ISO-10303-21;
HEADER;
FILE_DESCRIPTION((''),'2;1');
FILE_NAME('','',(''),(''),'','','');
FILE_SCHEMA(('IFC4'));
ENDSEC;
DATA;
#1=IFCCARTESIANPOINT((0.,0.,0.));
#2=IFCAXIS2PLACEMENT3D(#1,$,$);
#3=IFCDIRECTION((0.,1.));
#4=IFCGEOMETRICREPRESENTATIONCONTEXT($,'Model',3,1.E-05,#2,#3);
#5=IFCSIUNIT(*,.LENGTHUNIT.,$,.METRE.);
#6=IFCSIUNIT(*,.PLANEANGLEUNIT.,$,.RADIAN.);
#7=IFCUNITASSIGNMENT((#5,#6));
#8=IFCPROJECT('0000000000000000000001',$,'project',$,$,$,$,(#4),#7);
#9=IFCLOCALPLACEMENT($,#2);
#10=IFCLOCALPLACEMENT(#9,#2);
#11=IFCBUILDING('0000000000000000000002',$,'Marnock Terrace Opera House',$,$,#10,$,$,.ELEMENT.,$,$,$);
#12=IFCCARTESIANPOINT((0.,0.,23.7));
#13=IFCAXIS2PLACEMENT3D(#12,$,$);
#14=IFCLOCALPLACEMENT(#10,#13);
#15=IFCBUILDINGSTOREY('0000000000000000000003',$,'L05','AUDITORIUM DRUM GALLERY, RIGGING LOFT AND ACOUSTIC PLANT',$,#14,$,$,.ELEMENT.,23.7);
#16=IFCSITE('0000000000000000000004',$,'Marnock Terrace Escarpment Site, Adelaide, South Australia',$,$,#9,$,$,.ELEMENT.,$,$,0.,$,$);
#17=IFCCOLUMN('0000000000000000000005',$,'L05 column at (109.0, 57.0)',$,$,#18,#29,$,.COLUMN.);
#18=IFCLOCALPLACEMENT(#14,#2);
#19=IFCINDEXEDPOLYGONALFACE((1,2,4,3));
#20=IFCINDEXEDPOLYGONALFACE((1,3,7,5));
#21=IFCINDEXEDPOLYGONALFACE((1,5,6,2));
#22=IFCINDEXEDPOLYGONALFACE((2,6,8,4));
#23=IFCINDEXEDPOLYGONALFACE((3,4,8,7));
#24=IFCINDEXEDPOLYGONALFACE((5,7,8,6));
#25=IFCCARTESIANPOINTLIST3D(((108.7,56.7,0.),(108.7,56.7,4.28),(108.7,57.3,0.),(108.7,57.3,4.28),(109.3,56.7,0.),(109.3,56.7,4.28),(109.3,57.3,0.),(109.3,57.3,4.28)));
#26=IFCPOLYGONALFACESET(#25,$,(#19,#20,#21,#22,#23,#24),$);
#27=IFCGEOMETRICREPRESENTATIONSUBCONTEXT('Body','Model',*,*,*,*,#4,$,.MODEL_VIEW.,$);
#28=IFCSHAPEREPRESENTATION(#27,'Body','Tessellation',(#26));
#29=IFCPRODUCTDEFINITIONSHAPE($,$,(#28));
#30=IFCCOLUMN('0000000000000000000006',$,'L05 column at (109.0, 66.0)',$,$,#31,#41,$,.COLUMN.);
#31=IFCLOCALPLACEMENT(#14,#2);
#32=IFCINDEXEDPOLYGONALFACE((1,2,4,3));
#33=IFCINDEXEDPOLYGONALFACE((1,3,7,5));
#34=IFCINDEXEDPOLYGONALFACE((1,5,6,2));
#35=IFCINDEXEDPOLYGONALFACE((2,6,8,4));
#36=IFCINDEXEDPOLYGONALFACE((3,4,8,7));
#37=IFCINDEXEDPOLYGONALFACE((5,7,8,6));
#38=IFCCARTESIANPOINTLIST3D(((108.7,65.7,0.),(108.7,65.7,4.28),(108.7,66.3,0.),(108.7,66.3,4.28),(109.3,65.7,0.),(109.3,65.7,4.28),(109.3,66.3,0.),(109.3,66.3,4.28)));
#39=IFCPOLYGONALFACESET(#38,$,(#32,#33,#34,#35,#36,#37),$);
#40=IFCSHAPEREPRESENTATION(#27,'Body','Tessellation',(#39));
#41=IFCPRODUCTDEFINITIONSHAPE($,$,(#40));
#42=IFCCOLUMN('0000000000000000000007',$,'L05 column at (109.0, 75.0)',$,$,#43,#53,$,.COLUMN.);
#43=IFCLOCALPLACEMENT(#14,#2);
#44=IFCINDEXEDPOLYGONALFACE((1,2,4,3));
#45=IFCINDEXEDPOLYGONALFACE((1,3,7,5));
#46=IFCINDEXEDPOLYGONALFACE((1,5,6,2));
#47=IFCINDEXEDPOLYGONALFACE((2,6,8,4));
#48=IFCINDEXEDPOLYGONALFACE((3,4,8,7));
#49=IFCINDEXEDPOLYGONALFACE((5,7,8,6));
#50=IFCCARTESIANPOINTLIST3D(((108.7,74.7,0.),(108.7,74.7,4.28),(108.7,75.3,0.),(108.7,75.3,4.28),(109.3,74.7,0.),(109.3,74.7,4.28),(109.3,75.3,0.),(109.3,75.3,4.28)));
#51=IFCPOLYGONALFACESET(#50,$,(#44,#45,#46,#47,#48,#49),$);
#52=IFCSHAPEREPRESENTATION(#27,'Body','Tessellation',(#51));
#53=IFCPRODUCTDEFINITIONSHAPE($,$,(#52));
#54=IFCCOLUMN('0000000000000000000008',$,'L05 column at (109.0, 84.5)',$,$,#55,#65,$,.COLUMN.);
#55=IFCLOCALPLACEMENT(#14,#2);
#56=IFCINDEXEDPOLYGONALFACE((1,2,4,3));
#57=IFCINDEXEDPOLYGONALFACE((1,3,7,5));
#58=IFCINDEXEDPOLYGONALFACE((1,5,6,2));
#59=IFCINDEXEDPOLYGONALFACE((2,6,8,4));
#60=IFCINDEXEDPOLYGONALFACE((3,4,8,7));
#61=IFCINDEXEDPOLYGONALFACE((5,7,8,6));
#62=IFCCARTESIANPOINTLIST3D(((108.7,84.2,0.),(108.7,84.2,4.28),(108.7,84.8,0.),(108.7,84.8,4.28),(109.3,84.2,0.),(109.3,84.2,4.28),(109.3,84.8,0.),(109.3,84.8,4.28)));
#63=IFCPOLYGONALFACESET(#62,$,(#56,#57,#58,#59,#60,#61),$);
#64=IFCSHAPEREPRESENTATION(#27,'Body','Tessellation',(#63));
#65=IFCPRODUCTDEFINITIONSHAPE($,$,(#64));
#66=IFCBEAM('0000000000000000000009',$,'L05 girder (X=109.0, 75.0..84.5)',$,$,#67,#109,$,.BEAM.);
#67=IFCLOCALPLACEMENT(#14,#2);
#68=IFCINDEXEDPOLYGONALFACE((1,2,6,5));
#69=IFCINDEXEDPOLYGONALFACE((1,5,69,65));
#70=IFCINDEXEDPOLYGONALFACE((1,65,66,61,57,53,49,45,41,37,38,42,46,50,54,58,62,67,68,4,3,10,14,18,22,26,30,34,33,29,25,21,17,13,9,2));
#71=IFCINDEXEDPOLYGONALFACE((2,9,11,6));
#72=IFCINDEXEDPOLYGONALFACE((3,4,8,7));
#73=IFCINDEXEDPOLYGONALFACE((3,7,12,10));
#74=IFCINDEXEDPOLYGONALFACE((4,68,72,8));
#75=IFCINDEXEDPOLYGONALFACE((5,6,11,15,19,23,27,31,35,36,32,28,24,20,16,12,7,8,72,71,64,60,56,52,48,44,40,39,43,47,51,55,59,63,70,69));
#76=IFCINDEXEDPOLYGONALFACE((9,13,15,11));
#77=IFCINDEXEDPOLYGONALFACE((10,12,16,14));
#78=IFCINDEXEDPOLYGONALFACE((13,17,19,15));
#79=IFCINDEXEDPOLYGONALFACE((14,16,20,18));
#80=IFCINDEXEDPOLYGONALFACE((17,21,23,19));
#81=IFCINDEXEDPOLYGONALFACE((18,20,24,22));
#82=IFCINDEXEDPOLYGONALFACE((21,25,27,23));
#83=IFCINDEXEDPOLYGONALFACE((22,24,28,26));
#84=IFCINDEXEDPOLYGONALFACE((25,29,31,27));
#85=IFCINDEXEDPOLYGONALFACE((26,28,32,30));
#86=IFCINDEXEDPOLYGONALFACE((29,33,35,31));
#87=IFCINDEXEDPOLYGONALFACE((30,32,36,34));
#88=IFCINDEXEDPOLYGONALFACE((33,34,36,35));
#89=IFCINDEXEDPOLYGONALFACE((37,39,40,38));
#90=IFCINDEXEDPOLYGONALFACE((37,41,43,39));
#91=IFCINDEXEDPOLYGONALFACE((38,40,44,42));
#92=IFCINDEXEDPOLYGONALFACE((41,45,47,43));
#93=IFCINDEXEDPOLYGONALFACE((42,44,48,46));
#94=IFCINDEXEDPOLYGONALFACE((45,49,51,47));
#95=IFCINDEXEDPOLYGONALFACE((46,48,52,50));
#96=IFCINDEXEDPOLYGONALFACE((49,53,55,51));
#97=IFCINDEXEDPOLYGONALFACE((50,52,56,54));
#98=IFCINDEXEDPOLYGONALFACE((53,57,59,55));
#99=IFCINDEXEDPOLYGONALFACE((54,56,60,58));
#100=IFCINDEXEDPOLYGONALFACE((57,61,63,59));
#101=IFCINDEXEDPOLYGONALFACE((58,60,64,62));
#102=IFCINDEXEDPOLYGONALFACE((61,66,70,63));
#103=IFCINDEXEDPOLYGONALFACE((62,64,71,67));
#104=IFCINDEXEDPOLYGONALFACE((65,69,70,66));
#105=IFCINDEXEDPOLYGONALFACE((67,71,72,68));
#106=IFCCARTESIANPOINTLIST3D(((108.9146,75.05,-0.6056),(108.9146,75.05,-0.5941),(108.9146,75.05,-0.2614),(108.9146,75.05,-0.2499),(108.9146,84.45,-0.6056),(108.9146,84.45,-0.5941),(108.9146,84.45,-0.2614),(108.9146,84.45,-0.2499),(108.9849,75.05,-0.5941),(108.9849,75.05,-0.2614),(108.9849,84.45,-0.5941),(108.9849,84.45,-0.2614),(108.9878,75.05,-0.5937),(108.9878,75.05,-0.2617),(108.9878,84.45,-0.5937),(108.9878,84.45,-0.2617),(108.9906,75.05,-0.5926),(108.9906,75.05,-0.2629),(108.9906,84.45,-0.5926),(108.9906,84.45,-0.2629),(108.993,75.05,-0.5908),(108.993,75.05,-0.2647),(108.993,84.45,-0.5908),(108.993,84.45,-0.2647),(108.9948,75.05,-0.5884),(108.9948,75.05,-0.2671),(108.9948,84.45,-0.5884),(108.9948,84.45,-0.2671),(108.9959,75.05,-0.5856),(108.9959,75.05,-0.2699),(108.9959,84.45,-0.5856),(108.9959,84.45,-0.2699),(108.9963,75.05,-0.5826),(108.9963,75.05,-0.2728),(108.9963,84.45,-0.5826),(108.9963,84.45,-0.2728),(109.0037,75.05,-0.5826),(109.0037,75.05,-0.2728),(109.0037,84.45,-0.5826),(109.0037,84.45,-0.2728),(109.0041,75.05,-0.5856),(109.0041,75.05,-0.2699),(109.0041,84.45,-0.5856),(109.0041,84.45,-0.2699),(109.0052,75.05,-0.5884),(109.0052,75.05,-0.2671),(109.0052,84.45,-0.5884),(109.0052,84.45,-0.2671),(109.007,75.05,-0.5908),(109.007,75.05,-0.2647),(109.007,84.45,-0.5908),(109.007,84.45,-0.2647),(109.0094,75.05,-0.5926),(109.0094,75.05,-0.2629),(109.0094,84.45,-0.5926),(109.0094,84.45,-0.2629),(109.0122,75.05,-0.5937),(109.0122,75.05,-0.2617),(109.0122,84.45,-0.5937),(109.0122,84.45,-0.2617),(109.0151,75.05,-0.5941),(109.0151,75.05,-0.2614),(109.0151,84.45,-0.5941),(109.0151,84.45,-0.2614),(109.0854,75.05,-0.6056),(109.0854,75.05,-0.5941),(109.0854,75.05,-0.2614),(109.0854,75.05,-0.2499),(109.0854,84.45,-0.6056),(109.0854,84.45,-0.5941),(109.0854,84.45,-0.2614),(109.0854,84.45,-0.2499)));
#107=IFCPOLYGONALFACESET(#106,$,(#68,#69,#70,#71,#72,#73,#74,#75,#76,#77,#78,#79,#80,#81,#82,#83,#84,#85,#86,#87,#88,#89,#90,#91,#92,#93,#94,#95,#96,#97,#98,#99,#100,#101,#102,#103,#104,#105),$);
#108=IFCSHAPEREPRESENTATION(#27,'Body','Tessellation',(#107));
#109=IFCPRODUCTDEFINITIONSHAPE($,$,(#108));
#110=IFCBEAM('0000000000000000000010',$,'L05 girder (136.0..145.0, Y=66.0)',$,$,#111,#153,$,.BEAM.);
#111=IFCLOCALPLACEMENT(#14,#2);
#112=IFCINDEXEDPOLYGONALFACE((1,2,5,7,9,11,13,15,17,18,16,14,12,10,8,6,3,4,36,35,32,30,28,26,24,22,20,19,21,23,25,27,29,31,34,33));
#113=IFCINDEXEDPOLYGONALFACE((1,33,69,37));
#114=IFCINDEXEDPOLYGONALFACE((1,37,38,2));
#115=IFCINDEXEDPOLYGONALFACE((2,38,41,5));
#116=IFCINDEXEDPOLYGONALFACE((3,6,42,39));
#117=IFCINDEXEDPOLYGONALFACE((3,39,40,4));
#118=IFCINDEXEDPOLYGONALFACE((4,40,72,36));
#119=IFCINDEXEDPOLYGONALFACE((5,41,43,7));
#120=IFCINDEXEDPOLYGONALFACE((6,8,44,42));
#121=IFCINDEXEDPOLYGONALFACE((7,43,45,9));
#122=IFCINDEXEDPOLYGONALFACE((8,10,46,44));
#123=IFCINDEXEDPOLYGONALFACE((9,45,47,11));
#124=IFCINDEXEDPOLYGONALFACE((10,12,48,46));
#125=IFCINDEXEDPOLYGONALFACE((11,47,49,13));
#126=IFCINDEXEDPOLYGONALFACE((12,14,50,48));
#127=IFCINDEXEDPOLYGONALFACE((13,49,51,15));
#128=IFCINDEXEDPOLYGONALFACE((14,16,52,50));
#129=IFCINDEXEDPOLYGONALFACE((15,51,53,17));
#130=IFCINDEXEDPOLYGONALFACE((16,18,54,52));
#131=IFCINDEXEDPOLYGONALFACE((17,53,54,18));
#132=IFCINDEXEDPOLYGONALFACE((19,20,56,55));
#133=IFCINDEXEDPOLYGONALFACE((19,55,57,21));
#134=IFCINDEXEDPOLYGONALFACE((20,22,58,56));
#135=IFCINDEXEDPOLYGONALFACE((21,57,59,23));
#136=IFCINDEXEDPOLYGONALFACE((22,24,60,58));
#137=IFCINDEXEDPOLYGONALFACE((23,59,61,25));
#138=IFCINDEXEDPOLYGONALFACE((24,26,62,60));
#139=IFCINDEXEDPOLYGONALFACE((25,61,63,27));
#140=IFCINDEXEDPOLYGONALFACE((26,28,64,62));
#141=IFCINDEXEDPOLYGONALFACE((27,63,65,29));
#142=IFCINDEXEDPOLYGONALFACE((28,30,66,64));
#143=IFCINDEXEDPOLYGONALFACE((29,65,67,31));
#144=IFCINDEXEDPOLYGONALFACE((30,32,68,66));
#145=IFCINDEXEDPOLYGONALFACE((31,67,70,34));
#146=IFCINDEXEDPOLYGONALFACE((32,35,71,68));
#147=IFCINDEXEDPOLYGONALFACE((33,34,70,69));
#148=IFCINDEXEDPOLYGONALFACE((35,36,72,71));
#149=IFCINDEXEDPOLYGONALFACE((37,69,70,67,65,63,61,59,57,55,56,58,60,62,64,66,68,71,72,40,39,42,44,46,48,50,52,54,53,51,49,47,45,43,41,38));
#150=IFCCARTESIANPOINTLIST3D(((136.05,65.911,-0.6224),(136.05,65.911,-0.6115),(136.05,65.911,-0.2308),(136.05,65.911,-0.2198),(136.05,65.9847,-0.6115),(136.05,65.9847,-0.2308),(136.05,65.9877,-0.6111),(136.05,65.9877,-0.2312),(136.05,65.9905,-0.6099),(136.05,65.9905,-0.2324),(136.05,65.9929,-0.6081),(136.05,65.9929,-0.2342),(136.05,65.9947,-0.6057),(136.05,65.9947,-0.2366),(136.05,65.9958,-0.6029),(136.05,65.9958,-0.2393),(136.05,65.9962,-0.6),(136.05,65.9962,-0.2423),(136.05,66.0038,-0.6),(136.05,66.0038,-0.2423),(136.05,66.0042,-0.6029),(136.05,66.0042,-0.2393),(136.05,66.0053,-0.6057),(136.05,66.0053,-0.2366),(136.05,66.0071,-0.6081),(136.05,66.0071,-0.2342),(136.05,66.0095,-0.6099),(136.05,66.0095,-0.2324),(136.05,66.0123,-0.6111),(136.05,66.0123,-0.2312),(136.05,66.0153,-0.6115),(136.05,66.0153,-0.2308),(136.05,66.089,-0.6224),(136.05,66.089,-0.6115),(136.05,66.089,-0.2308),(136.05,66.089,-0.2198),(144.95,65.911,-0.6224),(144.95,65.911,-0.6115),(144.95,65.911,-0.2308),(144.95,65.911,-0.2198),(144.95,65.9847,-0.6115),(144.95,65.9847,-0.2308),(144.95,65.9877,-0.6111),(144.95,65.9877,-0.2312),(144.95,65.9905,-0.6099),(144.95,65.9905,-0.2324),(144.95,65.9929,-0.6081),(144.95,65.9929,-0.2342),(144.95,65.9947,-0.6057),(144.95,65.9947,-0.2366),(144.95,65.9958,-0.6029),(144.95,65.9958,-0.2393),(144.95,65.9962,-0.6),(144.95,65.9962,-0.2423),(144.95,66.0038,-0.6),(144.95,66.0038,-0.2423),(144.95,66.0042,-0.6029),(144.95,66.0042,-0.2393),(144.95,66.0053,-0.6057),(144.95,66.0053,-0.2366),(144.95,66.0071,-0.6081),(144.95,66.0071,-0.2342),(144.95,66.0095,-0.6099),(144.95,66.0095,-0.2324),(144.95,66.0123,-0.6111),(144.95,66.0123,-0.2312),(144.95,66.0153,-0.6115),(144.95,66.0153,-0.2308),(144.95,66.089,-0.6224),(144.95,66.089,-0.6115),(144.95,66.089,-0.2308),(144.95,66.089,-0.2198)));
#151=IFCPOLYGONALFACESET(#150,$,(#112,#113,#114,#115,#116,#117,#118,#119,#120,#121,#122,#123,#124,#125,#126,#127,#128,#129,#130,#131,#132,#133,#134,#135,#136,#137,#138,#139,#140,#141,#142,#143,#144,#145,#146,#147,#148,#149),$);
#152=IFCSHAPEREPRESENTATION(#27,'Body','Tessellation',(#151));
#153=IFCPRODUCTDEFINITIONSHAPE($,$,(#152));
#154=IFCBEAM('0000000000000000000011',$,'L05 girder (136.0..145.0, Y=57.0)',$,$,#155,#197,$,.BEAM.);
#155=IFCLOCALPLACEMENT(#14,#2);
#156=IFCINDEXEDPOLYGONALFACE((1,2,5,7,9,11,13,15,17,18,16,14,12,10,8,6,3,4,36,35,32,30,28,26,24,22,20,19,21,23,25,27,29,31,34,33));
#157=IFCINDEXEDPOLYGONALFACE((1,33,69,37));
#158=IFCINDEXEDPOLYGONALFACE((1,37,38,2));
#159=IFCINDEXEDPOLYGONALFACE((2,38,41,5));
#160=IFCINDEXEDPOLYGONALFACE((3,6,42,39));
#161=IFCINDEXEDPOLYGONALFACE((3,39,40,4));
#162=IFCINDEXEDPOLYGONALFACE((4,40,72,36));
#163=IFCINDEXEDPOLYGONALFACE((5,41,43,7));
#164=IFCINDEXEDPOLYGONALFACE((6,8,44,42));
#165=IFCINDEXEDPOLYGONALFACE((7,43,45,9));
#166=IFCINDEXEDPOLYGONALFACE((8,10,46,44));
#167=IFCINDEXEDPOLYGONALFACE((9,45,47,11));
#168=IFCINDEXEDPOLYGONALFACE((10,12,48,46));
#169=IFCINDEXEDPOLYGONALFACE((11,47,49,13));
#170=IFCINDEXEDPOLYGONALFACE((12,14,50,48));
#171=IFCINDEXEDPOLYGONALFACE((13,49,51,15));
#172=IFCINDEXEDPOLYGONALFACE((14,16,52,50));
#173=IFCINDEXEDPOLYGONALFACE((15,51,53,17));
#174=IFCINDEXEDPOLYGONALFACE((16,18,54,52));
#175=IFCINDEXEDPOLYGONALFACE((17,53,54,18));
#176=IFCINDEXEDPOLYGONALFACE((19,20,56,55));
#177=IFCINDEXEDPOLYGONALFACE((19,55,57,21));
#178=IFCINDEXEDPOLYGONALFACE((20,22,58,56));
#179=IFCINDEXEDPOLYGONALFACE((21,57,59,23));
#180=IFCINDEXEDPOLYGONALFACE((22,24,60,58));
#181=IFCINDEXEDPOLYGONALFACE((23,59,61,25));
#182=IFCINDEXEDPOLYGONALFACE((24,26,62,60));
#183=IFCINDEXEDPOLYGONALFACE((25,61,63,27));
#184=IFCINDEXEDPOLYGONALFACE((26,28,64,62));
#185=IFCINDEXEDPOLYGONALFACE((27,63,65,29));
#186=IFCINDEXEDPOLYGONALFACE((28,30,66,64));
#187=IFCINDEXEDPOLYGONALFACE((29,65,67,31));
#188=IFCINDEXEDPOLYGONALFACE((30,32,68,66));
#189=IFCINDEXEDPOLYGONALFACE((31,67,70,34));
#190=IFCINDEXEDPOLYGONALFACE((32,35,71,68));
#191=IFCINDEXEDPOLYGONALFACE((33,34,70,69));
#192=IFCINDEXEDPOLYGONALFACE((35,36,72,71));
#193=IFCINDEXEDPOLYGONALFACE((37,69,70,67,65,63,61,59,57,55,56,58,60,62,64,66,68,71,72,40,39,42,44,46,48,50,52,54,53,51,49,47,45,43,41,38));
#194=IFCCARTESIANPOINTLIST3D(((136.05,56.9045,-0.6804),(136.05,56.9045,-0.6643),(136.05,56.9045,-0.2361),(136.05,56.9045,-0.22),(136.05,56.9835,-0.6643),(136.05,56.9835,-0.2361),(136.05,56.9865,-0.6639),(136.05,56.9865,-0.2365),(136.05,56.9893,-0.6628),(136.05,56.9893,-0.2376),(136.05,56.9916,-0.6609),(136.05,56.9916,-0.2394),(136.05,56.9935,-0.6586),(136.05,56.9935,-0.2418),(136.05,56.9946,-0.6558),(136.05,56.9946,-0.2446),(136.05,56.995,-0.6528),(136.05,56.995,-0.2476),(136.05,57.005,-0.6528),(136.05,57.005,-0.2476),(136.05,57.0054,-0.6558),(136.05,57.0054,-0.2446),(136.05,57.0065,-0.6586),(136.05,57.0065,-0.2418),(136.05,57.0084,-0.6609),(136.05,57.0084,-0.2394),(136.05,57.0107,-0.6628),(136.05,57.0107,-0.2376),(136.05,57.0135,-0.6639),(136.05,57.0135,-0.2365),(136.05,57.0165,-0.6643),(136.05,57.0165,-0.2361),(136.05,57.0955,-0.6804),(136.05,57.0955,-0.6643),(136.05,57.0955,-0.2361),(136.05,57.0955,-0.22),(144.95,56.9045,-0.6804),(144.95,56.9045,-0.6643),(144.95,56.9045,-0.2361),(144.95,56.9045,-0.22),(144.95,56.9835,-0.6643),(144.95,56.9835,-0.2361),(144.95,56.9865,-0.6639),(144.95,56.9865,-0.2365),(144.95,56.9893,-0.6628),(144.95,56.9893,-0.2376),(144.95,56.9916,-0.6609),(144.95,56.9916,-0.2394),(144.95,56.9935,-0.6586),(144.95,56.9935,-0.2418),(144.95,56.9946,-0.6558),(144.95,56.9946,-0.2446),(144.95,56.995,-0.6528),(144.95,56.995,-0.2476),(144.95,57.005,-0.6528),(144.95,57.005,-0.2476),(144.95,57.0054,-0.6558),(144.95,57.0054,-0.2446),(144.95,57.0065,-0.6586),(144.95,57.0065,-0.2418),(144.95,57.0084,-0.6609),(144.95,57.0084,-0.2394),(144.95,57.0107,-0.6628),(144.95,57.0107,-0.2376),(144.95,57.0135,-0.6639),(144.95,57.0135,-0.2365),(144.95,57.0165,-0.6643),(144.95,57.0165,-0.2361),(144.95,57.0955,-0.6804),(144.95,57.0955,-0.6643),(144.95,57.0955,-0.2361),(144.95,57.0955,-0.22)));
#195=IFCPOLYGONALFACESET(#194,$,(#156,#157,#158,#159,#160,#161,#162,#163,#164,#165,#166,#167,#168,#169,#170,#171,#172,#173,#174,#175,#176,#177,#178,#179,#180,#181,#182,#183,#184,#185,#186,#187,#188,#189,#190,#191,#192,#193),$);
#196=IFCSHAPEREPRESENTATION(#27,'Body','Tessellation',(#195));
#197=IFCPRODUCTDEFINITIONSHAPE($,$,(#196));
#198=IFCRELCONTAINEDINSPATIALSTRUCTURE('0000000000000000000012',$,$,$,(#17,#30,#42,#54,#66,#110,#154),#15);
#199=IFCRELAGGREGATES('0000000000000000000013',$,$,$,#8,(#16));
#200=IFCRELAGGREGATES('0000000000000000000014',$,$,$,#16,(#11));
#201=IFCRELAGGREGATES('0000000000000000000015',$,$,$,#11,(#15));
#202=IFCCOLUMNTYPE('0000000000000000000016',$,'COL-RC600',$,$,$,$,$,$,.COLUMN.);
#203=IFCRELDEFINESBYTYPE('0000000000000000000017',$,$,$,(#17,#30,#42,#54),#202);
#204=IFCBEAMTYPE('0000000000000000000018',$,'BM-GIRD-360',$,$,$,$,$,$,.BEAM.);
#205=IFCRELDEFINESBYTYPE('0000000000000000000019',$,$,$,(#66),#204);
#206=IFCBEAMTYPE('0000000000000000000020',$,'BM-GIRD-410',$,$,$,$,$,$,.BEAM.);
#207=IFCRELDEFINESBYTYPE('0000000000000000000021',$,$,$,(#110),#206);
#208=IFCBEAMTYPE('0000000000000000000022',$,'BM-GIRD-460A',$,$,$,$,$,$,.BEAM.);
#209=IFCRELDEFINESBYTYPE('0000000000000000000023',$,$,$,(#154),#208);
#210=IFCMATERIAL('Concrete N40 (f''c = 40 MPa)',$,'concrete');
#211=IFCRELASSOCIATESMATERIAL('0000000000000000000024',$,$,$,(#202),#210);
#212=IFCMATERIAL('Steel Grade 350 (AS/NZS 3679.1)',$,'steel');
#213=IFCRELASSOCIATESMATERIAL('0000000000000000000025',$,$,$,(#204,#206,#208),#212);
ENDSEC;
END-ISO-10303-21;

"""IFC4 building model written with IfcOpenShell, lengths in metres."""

from ifc_helpers import new_model, si_unit, direction, frame, origin, origin_2d, place, context, subcontext, project, spatial, rectangle, i_section, extrude, material, material_profile, profile_set, type_object, element, save


model = new_model("IFC4")

# Units and contexts
model_context = context("Model", 3, precision=1e-05, world=origin(), true_north=direction((0.0, 1.0)))
body_context = subcontext(model_context, "Body", "Model", "MODEL_VIEW")
ifc_project = project(units=[si_unit("LENGTHUNIT", "METRE"), si_unit("PLANEANGLEUNIT", "RADIAN")], contexts=[model_context])

# Site, building, storey
site_placement = place(None, origin())
site = spatial("IfcSite", under=ifc_project, at=site_placement, Name="Marnock Terrace Escarpment Site, Adelaide, South Australia", CompositionType="ELEMENT", RefElevation=0.0)
building_placement = place(site_placement, origin())
building = spatial("IfcBuilding", under=site, at=building_placement, Name="Marnock Terrace Opera House", CompositionType="ELEMENT")
storey_placement = place(building_placement, frame((0.0, 0.0, 23.7)))
storey = spatial("IfcBuildingStorey", under=building, at=storey_placement, Name="L05", Description="AUDITORIUM DRUM GALLERY, RIGGING LOFT AND ACOUSTIC PLANT", CompositionType="ELEMENT", Elevation=23.7)

# Columns
ifc_material_1 = material(Name="Concrete N40 (f'c = 40 MPa)", Category="concrete")
ifc_material_profile_1 = material_profile(ifc_material_1, rectangle(XDim=0.6001, YDim=0.6001, at=origin_2d()))
ifc_profile_set_1 = profile_set([ifc_material_profile_1], Name="Concrete N40 (f'c = 40 MPa)")
column_type = type_object("IfcColumnType", Name="COL-RC600", PredefinedType="COLUMN", material=ifc_profile_set_1)
for number, where, z_axis, x_axis, name in (
    (1, (109.0, 57.0, 0.0), (0.0, 0.0, 1.0), (1.0, 0.0, 0.0), "L05 column at (109.0, 57.0)"),
    (2, (109.0, 66.0, 0.0), (0.0, 0.0, 1.0), (1.0, 0.0, 0.0), "L05 column at (109.0, 66.0)"),
    (3, (109.0, 75.0, 0.0), (0.0, 0.0, 1.0), (1.0, 0.0, 0.0), "L05 column at (109.0, 75.0)"),
    (4, (109.0, 84.5, 0.0), (0.0, 0.0, 1.0), (1.0, 0.0, 0.0), "L05 column at (109.0, 84.5)"),
):
    element("IfcColumn", number, at=place(storey_placement, frame(where, z_axis=z_axis, x_axis=x_axis)), inside=storey, type_object=column_type, Name=name, PredefinedType="COLUMN", context=body_context, shape_type="SweptSolid", body=[
        extrude(rectangle(XDim=0.6001, YDim=0.6001, at=origin_2d()), origin(), (0.0, 0.0, 1.0), 4.28),
    ])

# Beams
ifc_material_2 = material(Name="Steel Grade 350 (AS/NZS 3679.1)", Category="steel")
ifc_material_profile_2 = material_profile(ifc_material_2, i_section(OverallWidth=0.1709, OverallDepth=0.3557, WebThickness=0.0073, FlangeThickness=0.0115, FilletRadius=0.0115, at=origin_2d()))
ifc_profile_set_2 = profile_set([ifc_material_profile_2], Name="Steel Grade 350 (AS/NZS 3679.1)")
beam_type_1 = type_object("IfcBeamType", Name="BM-GIRD-360", PredefinedType="BEAM", material=ifc_profile_set_2)
beam_1_placement = place(storey_placement, frame((109.0, 75.05, -0.4277), z_axis=(0.0, 1.0, 0.0), x_axis=(-1.0, 0.0, 0.0)))
element("IfcBeam", 5, at=beam_1_placement, inside=storey, type_object=beam_type_1, Name="L05 girder (X=109.0, 75.0..84.5)", PredefinedType="BEAM", context=body_context, shape_type="SweptSolid", body=[
    extrude(i_section(OverallWidth=0.1709, OverallDepth=0.3557, WebThickness=0.0073, FlangeThickness=0.0115, FilletRadius=0.0115, at=origin_2d()), origin(), (0.0, 0.0, 1.0), 9.3999),
])
ifc_material_profile_3 = material_profile(ifc_material_2, i_section(OverallWidth=0.178, OverallDepth=0.4026, WebThickness=0.0076, FlangeThickness=0.011, FilletRadius=0.0115, at=origin_2d()))
ifc_profile_set_3 = profile_set([ifc_material_profile_3], Name="Steel Grade 350 (AS/NZS 3679.1)")
beam_type_2 = type_object("IfcBeamType", Name="BM-GIRD-410", PredefinedType="BEAM", material=ifc_profile_set_3)
beam_2_placement = place(storey_placement, frame((136.05, 66.0, -0.4211), z_axis=(1.0, 0.0, 0.0), x_axis=(0.0, 1.0, 0.0)))
element("IfcBeam", 6, at=beam_2_placement, inside=storey, type_object=beam_type_2, Name="L05 girder (136.0..145.0, Y=66.0)", PredefinedType="BEAM", context=body_context, shape_type="SweptSolid", body=[
    extrude(i_section(OverallWidth=0.178, OverallDepth=0.4026, WebThickness=0.0076, FlangeThickness=0.011, FilletRadius=0.0115, at=origin_2d()), origin(), (0.0, 0.0, 1.0), 8.8999),
])
ifc_material_profile_4 = material_profile(ifc_material_2, i_section(OverallWidth=0.1909, OverallDepth=0.4604, WebThickness=0.01, FlangeThickness=0.0161, FilletRadius=0.0115, at=origin_2d()))
ifc_profile_set_4 = profile_set([ifc_material_profile_4], Name="Steel Grade 350 (AS/NZS 3679.1)")
beam_type_3 = type_object("IfcBeamType", Name="BM-GIRD-460A", PredefinedType="BEAM", material=ifc_profile_set_4)
beam_3_placement = place(storey_placement, frame((136.05, 57.0, -0.4502), z_axis=(1.0, 0.0, 0.0), x_axis=(0.0, 1.0, 0.0)))
element("IfcBeam", 7, at=beam_3_placement, inside=storey, type_object=beam_type_3, Name="L05 girder (136.0..145.0, Y=57.0)", PredefinedType="BEAM", context=body_context, shape_type="SweptSolid", body=[
    extrude(i_section(OverallWidth=0.1909, OverallDepth=0.4604, WebThickness=0.01, FlangeThickness=0.0161, FilletRadius=0.0115, at=origin_2d()), origin(), (0.0, 0.0, 1.0), 8.8999),
])

save(model, "model.ifc")
